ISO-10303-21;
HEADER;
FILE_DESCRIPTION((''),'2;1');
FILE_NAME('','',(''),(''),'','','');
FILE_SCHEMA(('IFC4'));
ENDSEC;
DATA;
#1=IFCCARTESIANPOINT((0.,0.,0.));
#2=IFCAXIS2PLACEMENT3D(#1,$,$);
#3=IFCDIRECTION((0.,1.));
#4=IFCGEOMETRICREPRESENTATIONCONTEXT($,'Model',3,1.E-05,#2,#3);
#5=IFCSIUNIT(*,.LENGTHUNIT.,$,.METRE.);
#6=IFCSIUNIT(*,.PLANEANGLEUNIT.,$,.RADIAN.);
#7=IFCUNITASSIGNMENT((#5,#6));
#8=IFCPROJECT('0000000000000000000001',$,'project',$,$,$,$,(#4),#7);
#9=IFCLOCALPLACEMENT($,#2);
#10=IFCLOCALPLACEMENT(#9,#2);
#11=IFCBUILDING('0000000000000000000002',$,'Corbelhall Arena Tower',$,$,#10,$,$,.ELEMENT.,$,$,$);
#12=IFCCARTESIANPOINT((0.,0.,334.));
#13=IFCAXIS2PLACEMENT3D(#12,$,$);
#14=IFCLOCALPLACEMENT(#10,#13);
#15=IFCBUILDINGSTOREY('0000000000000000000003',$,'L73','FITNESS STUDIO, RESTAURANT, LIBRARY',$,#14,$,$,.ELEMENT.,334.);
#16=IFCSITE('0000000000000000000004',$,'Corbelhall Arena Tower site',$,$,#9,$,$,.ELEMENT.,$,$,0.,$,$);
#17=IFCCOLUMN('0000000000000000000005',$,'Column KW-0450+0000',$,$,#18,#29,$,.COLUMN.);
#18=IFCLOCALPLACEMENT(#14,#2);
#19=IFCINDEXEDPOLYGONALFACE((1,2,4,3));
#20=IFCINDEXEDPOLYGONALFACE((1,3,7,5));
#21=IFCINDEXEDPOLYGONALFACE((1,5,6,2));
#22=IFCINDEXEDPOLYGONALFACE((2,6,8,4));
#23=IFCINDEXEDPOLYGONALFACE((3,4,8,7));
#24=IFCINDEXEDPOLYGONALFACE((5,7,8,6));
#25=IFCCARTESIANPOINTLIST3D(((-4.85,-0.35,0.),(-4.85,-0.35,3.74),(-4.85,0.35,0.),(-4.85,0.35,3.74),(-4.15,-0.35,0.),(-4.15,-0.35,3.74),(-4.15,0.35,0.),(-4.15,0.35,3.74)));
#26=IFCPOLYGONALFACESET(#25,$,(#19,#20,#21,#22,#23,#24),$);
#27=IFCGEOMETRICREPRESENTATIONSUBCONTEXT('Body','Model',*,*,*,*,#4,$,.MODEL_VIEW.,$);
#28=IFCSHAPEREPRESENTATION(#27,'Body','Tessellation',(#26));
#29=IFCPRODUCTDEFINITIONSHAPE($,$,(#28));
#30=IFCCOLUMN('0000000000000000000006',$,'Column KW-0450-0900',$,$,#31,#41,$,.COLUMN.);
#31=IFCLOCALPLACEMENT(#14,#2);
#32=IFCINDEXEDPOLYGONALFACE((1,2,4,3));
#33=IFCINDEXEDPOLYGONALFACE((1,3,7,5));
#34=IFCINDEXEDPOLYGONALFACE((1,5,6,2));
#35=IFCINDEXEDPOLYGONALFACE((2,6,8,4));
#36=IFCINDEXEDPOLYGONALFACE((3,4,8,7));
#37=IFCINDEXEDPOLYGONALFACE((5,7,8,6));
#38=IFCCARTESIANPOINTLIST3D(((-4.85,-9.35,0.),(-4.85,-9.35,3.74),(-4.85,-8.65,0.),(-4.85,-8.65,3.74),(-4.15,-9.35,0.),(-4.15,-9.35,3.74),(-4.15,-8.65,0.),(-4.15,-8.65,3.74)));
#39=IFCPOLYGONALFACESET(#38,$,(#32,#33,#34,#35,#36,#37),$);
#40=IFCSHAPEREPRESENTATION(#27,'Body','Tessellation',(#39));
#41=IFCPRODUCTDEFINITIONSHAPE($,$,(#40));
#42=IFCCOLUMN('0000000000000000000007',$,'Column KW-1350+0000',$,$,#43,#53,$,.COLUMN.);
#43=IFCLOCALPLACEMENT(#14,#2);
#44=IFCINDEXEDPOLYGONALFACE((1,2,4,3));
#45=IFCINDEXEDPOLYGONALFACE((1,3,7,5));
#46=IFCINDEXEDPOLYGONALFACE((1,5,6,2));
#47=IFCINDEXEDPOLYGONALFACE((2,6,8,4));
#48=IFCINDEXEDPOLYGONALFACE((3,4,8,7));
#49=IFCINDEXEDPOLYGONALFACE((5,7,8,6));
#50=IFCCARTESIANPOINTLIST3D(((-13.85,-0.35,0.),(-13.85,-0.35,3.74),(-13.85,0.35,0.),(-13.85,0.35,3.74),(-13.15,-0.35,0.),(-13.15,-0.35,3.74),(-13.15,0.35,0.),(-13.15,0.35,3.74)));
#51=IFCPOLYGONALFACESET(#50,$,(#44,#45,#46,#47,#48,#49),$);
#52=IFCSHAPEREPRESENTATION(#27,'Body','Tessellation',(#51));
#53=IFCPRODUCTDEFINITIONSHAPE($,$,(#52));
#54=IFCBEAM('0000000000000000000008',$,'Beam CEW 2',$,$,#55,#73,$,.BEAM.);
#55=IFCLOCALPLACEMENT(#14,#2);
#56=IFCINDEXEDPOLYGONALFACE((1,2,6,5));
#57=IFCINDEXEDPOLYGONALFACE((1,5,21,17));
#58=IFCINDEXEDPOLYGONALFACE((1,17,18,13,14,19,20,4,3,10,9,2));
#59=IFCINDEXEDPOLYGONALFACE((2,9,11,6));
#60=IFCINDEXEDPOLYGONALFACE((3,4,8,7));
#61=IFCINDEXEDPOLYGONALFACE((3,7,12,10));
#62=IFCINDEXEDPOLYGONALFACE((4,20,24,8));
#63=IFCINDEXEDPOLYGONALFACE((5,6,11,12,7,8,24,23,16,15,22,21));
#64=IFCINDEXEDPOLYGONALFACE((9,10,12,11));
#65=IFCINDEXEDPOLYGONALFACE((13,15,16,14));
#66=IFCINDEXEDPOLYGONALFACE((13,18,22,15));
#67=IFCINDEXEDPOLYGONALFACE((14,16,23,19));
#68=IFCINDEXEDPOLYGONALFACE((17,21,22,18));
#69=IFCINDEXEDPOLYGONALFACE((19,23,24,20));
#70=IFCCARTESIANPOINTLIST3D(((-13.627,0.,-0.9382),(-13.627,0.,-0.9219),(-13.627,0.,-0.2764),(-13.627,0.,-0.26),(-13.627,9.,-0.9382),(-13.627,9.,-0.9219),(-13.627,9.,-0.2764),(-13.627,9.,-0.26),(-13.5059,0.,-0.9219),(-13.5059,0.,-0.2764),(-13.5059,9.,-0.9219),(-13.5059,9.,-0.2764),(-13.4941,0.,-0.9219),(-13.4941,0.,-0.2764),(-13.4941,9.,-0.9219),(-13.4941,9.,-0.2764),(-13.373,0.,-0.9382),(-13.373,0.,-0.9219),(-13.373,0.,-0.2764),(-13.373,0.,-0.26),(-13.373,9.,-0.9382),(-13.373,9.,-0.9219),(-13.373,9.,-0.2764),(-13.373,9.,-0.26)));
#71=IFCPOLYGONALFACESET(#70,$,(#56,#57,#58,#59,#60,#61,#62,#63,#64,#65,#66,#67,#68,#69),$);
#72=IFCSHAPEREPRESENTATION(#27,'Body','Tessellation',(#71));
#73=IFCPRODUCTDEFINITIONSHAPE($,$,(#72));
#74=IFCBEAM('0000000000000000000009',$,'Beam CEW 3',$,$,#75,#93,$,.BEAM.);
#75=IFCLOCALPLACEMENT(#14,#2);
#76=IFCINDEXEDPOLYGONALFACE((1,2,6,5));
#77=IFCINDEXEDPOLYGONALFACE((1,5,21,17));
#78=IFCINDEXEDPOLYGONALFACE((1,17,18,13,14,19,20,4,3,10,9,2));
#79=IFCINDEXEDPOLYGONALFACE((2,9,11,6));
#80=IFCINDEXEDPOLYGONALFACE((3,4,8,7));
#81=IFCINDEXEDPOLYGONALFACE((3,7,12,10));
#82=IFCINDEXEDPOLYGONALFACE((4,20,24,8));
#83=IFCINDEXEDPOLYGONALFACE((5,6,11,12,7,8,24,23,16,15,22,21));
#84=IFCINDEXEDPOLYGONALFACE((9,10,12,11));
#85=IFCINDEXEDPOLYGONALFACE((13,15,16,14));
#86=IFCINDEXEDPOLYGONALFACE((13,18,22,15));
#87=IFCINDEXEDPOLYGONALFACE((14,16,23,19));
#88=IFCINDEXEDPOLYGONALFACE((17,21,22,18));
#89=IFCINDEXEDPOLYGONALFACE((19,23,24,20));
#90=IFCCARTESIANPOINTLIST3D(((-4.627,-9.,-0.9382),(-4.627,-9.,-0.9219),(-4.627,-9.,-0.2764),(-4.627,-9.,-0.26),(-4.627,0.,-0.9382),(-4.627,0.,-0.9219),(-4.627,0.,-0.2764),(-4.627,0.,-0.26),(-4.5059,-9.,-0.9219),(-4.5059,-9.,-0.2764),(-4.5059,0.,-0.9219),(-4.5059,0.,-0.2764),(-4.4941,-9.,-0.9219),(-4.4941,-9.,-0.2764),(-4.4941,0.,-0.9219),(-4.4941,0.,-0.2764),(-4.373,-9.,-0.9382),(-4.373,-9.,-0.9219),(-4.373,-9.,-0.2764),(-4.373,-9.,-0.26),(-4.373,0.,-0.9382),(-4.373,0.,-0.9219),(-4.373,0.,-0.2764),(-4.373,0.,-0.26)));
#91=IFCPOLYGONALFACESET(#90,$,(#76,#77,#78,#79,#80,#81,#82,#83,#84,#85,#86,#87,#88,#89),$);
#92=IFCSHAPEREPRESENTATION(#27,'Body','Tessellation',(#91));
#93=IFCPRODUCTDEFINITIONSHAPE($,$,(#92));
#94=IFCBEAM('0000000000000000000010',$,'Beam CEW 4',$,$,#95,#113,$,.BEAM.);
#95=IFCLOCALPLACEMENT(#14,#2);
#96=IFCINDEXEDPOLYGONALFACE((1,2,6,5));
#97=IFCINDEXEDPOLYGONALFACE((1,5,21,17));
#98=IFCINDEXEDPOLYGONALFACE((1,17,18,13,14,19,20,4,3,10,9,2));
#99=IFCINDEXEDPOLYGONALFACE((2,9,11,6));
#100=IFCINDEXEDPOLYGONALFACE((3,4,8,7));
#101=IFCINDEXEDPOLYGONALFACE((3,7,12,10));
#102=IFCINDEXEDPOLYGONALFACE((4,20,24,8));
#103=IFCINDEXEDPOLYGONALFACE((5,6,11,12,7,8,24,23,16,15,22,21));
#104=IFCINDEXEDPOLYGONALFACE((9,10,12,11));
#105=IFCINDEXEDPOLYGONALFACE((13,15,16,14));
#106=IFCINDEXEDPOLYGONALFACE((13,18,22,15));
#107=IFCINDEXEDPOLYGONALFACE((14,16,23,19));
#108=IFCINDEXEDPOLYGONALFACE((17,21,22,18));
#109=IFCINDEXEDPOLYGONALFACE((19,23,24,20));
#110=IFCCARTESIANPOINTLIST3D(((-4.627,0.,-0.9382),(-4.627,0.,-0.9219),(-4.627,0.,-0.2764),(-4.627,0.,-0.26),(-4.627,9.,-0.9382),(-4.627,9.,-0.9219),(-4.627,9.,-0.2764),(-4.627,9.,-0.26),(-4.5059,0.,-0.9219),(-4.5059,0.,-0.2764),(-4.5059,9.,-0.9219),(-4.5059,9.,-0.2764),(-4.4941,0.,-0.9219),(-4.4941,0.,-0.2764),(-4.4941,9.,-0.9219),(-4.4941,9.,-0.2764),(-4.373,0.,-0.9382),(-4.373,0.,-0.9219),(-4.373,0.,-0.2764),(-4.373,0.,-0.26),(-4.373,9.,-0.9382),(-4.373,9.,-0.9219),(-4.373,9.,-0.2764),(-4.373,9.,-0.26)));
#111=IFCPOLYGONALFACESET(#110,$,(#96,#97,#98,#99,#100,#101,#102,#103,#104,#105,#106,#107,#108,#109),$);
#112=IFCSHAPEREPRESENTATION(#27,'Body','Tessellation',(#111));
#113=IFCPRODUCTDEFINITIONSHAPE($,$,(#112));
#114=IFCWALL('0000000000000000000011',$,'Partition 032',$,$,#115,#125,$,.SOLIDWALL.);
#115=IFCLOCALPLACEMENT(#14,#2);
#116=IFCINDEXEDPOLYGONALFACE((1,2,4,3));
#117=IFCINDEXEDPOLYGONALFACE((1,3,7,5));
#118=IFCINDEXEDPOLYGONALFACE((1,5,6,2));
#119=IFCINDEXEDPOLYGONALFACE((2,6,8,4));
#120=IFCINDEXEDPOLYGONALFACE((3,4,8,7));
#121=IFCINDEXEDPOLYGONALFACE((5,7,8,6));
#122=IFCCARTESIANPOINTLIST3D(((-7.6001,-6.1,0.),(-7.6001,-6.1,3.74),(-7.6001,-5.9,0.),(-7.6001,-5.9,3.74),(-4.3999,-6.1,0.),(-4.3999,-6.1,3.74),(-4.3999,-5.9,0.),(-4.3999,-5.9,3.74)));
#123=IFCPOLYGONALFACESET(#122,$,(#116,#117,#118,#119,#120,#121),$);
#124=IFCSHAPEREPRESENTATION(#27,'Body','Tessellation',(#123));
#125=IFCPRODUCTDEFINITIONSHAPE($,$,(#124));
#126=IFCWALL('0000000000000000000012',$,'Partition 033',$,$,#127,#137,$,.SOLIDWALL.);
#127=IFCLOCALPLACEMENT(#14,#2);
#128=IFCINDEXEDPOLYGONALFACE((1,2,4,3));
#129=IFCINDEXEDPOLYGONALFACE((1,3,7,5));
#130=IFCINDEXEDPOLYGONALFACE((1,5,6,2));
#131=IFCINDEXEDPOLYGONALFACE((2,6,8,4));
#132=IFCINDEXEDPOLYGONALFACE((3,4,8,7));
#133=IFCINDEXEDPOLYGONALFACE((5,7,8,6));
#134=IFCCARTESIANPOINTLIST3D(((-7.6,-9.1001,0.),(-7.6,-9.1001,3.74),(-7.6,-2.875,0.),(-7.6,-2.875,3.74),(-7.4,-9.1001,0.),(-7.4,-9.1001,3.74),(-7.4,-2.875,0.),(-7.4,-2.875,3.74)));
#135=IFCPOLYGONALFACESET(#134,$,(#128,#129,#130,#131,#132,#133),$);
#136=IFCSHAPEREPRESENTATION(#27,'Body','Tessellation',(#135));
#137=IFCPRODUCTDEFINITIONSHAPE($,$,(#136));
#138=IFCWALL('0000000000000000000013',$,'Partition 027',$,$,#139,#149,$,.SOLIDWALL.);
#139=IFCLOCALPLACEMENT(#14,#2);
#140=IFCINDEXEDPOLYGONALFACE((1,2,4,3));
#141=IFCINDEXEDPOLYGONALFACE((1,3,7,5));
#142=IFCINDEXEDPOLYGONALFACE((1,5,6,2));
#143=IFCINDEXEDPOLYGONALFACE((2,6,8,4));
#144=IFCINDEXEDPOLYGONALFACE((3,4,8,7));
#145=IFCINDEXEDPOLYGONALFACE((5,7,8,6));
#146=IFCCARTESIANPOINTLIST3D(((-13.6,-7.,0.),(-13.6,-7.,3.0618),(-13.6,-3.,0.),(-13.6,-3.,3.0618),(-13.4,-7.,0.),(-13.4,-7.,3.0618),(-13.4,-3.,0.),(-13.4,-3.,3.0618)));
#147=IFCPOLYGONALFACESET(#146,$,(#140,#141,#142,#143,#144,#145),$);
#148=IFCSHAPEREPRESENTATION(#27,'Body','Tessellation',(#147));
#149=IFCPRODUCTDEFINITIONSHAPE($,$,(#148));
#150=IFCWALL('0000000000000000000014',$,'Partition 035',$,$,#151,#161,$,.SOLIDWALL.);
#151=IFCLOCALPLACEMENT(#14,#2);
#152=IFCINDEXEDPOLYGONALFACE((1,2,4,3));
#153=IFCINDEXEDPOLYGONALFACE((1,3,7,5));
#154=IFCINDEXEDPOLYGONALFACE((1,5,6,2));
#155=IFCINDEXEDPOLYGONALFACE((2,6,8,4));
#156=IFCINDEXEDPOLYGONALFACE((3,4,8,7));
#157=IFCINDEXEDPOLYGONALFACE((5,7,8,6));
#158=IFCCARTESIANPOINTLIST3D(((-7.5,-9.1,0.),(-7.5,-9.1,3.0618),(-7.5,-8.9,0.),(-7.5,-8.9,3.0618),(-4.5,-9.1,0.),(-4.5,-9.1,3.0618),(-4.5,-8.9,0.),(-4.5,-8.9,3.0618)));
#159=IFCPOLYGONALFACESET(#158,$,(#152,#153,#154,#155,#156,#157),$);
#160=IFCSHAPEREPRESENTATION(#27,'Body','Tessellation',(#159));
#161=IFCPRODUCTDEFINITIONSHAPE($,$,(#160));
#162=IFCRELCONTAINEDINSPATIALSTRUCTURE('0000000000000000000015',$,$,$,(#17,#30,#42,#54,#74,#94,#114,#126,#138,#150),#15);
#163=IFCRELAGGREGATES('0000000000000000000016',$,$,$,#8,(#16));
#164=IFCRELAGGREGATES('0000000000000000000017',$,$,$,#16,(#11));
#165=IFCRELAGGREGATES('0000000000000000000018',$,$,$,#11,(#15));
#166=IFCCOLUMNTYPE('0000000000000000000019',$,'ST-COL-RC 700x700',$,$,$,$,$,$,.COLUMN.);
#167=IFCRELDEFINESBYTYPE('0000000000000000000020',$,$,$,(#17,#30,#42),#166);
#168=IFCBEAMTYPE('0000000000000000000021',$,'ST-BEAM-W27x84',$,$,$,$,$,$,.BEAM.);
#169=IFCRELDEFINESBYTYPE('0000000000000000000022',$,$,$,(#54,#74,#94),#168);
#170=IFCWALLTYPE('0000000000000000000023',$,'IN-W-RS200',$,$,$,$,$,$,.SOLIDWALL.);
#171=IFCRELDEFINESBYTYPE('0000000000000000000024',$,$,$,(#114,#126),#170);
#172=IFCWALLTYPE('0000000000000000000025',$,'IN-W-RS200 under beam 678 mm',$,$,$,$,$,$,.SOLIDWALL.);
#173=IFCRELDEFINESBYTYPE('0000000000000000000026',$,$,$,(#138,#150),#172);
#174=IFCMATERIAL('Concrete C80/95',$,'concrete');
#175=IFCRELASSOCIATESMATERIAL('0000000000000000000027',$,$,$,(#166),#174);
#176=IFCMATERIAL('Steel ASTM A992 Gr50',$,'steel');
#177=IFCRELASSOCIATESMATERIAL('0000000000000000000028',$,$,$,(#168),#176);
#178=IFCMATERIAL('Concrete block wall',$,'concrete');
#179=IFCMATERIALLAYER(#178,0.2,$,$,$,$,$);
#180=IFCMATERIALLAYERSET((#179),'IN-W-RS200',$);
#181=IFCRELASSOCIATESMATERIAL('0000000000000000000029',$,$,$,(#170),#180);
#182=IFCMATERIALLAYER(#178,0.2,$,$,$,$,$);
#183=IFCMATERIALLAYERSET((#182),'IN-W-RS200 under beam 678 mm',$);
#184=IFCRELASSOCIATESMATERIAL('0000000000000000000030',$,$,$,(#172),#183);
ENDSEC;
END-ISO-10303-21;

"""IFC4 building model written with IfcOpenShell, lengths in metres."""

from ifc_helpers import new_model, si_unit, direction, frame, frame_2d, origin, origin_2d, place, context, subcontext, project, spatial, rectangle, i_section, extrude, material, layer, layer_set, material_profile, profile_set, type_object, element, save


model = new_model("IFC4")

# Units and contexts
model_context = context("Model", 3, precision=1e-05, world=origin(), true_north=direction((0.0, 1.0)))
body_context = subcontext(model_context, "Body", "Model", "MODEL_VIEW")
ifc_project = project(units=[si_unit("LENGTHUNIT", "METRE"), si_unit("PLANEANGLEUNIT", "RADIAN")], contexts=[model_context])

# Site, building, storey
site_placement = place(None, origin())
site = spatial("IfcSite", under=ifc_project, at=site_placement, Name="Corbelhall Arena Tower site", CompositionType="ELEMENT", RefElevation=0.0)
building_placement = place(site_placement, origin())
building = spatial("IfcBuilding", under=site, at=building_placement, Name="Corbelhall Arena Tower", CompositionType="ELEMENT")
storey_placement = place(building_placement, frame((0.0, 0.0, 334.0)))
storey = spatial("IfcBuildingStorey", under=building, at=storey_placement, Name="L73", Description="FITNESS STUDIO, RESTAURANT, LIBRARY", CompositionType="ELEMENT", Elevation=334.0)

# Columns
ifc_material_1 = material(Name="Concrete C80/95", Category="concrete")
ifc_material_profile_1 = material_profile(ifc_material_1, rectangle(XDim=0.7, YDim=0.7, at=origin_2d()))
ifc_profile_set_1 = profile_set([ifc_material_profile_1], Name="Concrete C80/95")
column_type = type_object("IfcColumnType", Name="ST-COL-RC 700x700", PredefinedType="COLUMN", material=ifc_profile_set_1)
for number, where, z_axis, x_axis, name in (
    (1, (-4.5, 0.0, 0.0), (0.0, 0.0, 1.0), (1.0, 0.0, 0.0), "Column KW-0450+0000"),
    (2, (-4.5, -9.0, 0.0), (0.0, 0.0, 1.0), (1.0, 0.0, 0.0), "Column KW-0450-0900"),
    (3, (-13.5, 0.0, 0.0), (0.0, 0.0, 1.0), (1.0, 0.0, 0.0), "Column KW-1350+0000"),
):
    element("IfcColumn", number, at=place(storey_placement, frame(where, z_axis=z_axis, x_axis=x_axis)), inside=storey, type_object=column_type, Name=name, PredefinedType="COLUMN", context=body_context, shape_type="SweptSolid", body=[
        extrude(rectangle(XDim=0.7, YDim=0.7, at=origin_2d()), origin(), (0.0, 0.0, 1.0), 3.74),
    ])

# Beams
ifc_material_2 = material(Name="Steel ASTM A992 Gr50", Category="steel")
ifc_material_profile_2 = material_profile(ifc_material_2, i_section(OverallWidth=0.2539, OverallDepth=0.6782, WebThickness=0.0117, FlangeThickness=0.0164, at=origin_2d()))
ifc_profile_set_2 = profile_set([ifc_material_profile_2], Name="Steel ASTM A992 Gr50")
beam_type = type_object("IfcBeamType", Name="ST-BEAM-W27x84", PredefinedType="BEAM", material=ifc_profile_set_2)
for number, where, z_axis, x_axis, name in (
    (4, (-13.5, 0.0, -0.5991), (0.0, 1.0, 0.0), (-1.0, 0.0, 0.0), "Beam CEW 2"),
    (5, (-4.5, -9.0, -0.5991), (0.0, 1.0, 0.0), (-1.0, 0.0, 0.0), "Beam CEW 3"),
    (6, (-4.5, 0.0, -0.5991), (0.0, 1.0, 0.0), (-1.0, 0.0, 0.0), "Beam CEW 4"),
):
    element("IfcBeam", number, at=place(storey_placement, frame(where, z_axis=z_axis, x_axis=x_axis)), inside=storey, type_object=beam_type, Name=name, PredefinedType="BEAM", context=body_context, shape_type="SweptSolid", body=[
        extrude(i_section(OverallWidth=0.2539, OverallDepth=0.6782, WebThickness=0.0117, FlangeThickness=0.0164, at=origin_2d()), origin(), (0.0, 0.0, 1.0), 9.0),
    ])

# Shared definitions
ifc_material_3 = material(Name="Concrete block wall", Category="concrete")
ifc_layer_1 = layer(ifc_material_3, 0.2)
ifc_layer_set_1 = layer_set([ifc_layer_1], Name="IN-W-RS200")
wall_type_1 = type_object("IfcWallType", Name="IN-W-RS200", PredefinedType="SOLIDWALL", material=ifc_layer_set_1)

# Walls
wall_1_placement = place(storey_placement, frame((-7.6001, -6.0, 0.0), z_axis=(0.0, 0.0, 1.0), x_axis=(1.0, 0.0, 0.0)))
element("IfcWall", 7, at=wall_1_placement, inside=storey, type_object=wall_type_1, Name="Partition 032", PredefinedType="SOLIDWALL", context=body_context, shape_type="SweptSolid", body=[
    extrude(rectangle(XDim=3.2002, YDim=0.2, at=frame_2d((1.6001, 0.0))), origin(), (0.0, 0.0, 1.0), 3.74),
])
wall_2_placement = place(storey_placement, frame((-7.5, -9.1001, 0.0), z_axis=(0.0, 0.0, 1.0), x_axis=(0.0, 1.0, 0.0)))
element("IfcWall", 8, at=wall_2_placement, inside=storey, type_object=wall_type_1, Name="Partition 033", PredefinedType="SOLIDWALL", context=body_context, shape_type="SweptSolid", body=[
    extrude(rectangle(XDim=6.2251, YDim=0.2, at=frame_2d((3.1125, 0.0))), origin(), (0.0, 0.0, 1.0), 3.74),
])
ifc_layer_2 = layer(ifc_material_3, 0.2)
ifc_layer_set_2 = layer_set([ifc_layer_2], Name="IN-W-RS200 under beam 678 mm")
wall_type_2 = type_object("IfcWallType", Name="IN-W-RS200 under beam 678 mm", PredefinedType="SOLIDWALL", material=ifc_layer_set_2)
wall_3_placement = place(storey_placement, frame((-13.5, -7.0, 0.0), z_axis=(0.0, 0.0, 1.0), x_axis=(0.0, 1.0, 0.0)))
element("IfcWall", 9, at=wall_3_placement, inside=storey, type_object=wall_type_2, Name="Partition 027", PredefinedType="SOLIDWALL", context=body_context, shape_type="SweptSolid", body=[
    extrude(rectangle(XDim=4.0, YDim=0.2, at=frame_2d((2.0, 0.0))), origin(), (0.0, 0.0, 1.0), 3.0618),
])
wall_4_placement = place(storey_placement, frame((-4.5, -9.0, 0.0), z_axis=(0.0, 0.0, 1.0), x_axis=(-1.0, 0.0, 0.0)))
element("IfcWall", 10, at=wall_4_placement, inside=storey, type_object=wall_type_2, Name="Partition 035", PredefinedType="SOLIDWALL", context=body_context, shape_type="SweptSolid", body=[
    extrude(rectangle(XDim=3.0, YDim=0.2, at=frame_2d((1.5, 0.0))), origin(), (0.0, 0.0, 1.0), 3.0618),
])

save(model, "model.ifc")
